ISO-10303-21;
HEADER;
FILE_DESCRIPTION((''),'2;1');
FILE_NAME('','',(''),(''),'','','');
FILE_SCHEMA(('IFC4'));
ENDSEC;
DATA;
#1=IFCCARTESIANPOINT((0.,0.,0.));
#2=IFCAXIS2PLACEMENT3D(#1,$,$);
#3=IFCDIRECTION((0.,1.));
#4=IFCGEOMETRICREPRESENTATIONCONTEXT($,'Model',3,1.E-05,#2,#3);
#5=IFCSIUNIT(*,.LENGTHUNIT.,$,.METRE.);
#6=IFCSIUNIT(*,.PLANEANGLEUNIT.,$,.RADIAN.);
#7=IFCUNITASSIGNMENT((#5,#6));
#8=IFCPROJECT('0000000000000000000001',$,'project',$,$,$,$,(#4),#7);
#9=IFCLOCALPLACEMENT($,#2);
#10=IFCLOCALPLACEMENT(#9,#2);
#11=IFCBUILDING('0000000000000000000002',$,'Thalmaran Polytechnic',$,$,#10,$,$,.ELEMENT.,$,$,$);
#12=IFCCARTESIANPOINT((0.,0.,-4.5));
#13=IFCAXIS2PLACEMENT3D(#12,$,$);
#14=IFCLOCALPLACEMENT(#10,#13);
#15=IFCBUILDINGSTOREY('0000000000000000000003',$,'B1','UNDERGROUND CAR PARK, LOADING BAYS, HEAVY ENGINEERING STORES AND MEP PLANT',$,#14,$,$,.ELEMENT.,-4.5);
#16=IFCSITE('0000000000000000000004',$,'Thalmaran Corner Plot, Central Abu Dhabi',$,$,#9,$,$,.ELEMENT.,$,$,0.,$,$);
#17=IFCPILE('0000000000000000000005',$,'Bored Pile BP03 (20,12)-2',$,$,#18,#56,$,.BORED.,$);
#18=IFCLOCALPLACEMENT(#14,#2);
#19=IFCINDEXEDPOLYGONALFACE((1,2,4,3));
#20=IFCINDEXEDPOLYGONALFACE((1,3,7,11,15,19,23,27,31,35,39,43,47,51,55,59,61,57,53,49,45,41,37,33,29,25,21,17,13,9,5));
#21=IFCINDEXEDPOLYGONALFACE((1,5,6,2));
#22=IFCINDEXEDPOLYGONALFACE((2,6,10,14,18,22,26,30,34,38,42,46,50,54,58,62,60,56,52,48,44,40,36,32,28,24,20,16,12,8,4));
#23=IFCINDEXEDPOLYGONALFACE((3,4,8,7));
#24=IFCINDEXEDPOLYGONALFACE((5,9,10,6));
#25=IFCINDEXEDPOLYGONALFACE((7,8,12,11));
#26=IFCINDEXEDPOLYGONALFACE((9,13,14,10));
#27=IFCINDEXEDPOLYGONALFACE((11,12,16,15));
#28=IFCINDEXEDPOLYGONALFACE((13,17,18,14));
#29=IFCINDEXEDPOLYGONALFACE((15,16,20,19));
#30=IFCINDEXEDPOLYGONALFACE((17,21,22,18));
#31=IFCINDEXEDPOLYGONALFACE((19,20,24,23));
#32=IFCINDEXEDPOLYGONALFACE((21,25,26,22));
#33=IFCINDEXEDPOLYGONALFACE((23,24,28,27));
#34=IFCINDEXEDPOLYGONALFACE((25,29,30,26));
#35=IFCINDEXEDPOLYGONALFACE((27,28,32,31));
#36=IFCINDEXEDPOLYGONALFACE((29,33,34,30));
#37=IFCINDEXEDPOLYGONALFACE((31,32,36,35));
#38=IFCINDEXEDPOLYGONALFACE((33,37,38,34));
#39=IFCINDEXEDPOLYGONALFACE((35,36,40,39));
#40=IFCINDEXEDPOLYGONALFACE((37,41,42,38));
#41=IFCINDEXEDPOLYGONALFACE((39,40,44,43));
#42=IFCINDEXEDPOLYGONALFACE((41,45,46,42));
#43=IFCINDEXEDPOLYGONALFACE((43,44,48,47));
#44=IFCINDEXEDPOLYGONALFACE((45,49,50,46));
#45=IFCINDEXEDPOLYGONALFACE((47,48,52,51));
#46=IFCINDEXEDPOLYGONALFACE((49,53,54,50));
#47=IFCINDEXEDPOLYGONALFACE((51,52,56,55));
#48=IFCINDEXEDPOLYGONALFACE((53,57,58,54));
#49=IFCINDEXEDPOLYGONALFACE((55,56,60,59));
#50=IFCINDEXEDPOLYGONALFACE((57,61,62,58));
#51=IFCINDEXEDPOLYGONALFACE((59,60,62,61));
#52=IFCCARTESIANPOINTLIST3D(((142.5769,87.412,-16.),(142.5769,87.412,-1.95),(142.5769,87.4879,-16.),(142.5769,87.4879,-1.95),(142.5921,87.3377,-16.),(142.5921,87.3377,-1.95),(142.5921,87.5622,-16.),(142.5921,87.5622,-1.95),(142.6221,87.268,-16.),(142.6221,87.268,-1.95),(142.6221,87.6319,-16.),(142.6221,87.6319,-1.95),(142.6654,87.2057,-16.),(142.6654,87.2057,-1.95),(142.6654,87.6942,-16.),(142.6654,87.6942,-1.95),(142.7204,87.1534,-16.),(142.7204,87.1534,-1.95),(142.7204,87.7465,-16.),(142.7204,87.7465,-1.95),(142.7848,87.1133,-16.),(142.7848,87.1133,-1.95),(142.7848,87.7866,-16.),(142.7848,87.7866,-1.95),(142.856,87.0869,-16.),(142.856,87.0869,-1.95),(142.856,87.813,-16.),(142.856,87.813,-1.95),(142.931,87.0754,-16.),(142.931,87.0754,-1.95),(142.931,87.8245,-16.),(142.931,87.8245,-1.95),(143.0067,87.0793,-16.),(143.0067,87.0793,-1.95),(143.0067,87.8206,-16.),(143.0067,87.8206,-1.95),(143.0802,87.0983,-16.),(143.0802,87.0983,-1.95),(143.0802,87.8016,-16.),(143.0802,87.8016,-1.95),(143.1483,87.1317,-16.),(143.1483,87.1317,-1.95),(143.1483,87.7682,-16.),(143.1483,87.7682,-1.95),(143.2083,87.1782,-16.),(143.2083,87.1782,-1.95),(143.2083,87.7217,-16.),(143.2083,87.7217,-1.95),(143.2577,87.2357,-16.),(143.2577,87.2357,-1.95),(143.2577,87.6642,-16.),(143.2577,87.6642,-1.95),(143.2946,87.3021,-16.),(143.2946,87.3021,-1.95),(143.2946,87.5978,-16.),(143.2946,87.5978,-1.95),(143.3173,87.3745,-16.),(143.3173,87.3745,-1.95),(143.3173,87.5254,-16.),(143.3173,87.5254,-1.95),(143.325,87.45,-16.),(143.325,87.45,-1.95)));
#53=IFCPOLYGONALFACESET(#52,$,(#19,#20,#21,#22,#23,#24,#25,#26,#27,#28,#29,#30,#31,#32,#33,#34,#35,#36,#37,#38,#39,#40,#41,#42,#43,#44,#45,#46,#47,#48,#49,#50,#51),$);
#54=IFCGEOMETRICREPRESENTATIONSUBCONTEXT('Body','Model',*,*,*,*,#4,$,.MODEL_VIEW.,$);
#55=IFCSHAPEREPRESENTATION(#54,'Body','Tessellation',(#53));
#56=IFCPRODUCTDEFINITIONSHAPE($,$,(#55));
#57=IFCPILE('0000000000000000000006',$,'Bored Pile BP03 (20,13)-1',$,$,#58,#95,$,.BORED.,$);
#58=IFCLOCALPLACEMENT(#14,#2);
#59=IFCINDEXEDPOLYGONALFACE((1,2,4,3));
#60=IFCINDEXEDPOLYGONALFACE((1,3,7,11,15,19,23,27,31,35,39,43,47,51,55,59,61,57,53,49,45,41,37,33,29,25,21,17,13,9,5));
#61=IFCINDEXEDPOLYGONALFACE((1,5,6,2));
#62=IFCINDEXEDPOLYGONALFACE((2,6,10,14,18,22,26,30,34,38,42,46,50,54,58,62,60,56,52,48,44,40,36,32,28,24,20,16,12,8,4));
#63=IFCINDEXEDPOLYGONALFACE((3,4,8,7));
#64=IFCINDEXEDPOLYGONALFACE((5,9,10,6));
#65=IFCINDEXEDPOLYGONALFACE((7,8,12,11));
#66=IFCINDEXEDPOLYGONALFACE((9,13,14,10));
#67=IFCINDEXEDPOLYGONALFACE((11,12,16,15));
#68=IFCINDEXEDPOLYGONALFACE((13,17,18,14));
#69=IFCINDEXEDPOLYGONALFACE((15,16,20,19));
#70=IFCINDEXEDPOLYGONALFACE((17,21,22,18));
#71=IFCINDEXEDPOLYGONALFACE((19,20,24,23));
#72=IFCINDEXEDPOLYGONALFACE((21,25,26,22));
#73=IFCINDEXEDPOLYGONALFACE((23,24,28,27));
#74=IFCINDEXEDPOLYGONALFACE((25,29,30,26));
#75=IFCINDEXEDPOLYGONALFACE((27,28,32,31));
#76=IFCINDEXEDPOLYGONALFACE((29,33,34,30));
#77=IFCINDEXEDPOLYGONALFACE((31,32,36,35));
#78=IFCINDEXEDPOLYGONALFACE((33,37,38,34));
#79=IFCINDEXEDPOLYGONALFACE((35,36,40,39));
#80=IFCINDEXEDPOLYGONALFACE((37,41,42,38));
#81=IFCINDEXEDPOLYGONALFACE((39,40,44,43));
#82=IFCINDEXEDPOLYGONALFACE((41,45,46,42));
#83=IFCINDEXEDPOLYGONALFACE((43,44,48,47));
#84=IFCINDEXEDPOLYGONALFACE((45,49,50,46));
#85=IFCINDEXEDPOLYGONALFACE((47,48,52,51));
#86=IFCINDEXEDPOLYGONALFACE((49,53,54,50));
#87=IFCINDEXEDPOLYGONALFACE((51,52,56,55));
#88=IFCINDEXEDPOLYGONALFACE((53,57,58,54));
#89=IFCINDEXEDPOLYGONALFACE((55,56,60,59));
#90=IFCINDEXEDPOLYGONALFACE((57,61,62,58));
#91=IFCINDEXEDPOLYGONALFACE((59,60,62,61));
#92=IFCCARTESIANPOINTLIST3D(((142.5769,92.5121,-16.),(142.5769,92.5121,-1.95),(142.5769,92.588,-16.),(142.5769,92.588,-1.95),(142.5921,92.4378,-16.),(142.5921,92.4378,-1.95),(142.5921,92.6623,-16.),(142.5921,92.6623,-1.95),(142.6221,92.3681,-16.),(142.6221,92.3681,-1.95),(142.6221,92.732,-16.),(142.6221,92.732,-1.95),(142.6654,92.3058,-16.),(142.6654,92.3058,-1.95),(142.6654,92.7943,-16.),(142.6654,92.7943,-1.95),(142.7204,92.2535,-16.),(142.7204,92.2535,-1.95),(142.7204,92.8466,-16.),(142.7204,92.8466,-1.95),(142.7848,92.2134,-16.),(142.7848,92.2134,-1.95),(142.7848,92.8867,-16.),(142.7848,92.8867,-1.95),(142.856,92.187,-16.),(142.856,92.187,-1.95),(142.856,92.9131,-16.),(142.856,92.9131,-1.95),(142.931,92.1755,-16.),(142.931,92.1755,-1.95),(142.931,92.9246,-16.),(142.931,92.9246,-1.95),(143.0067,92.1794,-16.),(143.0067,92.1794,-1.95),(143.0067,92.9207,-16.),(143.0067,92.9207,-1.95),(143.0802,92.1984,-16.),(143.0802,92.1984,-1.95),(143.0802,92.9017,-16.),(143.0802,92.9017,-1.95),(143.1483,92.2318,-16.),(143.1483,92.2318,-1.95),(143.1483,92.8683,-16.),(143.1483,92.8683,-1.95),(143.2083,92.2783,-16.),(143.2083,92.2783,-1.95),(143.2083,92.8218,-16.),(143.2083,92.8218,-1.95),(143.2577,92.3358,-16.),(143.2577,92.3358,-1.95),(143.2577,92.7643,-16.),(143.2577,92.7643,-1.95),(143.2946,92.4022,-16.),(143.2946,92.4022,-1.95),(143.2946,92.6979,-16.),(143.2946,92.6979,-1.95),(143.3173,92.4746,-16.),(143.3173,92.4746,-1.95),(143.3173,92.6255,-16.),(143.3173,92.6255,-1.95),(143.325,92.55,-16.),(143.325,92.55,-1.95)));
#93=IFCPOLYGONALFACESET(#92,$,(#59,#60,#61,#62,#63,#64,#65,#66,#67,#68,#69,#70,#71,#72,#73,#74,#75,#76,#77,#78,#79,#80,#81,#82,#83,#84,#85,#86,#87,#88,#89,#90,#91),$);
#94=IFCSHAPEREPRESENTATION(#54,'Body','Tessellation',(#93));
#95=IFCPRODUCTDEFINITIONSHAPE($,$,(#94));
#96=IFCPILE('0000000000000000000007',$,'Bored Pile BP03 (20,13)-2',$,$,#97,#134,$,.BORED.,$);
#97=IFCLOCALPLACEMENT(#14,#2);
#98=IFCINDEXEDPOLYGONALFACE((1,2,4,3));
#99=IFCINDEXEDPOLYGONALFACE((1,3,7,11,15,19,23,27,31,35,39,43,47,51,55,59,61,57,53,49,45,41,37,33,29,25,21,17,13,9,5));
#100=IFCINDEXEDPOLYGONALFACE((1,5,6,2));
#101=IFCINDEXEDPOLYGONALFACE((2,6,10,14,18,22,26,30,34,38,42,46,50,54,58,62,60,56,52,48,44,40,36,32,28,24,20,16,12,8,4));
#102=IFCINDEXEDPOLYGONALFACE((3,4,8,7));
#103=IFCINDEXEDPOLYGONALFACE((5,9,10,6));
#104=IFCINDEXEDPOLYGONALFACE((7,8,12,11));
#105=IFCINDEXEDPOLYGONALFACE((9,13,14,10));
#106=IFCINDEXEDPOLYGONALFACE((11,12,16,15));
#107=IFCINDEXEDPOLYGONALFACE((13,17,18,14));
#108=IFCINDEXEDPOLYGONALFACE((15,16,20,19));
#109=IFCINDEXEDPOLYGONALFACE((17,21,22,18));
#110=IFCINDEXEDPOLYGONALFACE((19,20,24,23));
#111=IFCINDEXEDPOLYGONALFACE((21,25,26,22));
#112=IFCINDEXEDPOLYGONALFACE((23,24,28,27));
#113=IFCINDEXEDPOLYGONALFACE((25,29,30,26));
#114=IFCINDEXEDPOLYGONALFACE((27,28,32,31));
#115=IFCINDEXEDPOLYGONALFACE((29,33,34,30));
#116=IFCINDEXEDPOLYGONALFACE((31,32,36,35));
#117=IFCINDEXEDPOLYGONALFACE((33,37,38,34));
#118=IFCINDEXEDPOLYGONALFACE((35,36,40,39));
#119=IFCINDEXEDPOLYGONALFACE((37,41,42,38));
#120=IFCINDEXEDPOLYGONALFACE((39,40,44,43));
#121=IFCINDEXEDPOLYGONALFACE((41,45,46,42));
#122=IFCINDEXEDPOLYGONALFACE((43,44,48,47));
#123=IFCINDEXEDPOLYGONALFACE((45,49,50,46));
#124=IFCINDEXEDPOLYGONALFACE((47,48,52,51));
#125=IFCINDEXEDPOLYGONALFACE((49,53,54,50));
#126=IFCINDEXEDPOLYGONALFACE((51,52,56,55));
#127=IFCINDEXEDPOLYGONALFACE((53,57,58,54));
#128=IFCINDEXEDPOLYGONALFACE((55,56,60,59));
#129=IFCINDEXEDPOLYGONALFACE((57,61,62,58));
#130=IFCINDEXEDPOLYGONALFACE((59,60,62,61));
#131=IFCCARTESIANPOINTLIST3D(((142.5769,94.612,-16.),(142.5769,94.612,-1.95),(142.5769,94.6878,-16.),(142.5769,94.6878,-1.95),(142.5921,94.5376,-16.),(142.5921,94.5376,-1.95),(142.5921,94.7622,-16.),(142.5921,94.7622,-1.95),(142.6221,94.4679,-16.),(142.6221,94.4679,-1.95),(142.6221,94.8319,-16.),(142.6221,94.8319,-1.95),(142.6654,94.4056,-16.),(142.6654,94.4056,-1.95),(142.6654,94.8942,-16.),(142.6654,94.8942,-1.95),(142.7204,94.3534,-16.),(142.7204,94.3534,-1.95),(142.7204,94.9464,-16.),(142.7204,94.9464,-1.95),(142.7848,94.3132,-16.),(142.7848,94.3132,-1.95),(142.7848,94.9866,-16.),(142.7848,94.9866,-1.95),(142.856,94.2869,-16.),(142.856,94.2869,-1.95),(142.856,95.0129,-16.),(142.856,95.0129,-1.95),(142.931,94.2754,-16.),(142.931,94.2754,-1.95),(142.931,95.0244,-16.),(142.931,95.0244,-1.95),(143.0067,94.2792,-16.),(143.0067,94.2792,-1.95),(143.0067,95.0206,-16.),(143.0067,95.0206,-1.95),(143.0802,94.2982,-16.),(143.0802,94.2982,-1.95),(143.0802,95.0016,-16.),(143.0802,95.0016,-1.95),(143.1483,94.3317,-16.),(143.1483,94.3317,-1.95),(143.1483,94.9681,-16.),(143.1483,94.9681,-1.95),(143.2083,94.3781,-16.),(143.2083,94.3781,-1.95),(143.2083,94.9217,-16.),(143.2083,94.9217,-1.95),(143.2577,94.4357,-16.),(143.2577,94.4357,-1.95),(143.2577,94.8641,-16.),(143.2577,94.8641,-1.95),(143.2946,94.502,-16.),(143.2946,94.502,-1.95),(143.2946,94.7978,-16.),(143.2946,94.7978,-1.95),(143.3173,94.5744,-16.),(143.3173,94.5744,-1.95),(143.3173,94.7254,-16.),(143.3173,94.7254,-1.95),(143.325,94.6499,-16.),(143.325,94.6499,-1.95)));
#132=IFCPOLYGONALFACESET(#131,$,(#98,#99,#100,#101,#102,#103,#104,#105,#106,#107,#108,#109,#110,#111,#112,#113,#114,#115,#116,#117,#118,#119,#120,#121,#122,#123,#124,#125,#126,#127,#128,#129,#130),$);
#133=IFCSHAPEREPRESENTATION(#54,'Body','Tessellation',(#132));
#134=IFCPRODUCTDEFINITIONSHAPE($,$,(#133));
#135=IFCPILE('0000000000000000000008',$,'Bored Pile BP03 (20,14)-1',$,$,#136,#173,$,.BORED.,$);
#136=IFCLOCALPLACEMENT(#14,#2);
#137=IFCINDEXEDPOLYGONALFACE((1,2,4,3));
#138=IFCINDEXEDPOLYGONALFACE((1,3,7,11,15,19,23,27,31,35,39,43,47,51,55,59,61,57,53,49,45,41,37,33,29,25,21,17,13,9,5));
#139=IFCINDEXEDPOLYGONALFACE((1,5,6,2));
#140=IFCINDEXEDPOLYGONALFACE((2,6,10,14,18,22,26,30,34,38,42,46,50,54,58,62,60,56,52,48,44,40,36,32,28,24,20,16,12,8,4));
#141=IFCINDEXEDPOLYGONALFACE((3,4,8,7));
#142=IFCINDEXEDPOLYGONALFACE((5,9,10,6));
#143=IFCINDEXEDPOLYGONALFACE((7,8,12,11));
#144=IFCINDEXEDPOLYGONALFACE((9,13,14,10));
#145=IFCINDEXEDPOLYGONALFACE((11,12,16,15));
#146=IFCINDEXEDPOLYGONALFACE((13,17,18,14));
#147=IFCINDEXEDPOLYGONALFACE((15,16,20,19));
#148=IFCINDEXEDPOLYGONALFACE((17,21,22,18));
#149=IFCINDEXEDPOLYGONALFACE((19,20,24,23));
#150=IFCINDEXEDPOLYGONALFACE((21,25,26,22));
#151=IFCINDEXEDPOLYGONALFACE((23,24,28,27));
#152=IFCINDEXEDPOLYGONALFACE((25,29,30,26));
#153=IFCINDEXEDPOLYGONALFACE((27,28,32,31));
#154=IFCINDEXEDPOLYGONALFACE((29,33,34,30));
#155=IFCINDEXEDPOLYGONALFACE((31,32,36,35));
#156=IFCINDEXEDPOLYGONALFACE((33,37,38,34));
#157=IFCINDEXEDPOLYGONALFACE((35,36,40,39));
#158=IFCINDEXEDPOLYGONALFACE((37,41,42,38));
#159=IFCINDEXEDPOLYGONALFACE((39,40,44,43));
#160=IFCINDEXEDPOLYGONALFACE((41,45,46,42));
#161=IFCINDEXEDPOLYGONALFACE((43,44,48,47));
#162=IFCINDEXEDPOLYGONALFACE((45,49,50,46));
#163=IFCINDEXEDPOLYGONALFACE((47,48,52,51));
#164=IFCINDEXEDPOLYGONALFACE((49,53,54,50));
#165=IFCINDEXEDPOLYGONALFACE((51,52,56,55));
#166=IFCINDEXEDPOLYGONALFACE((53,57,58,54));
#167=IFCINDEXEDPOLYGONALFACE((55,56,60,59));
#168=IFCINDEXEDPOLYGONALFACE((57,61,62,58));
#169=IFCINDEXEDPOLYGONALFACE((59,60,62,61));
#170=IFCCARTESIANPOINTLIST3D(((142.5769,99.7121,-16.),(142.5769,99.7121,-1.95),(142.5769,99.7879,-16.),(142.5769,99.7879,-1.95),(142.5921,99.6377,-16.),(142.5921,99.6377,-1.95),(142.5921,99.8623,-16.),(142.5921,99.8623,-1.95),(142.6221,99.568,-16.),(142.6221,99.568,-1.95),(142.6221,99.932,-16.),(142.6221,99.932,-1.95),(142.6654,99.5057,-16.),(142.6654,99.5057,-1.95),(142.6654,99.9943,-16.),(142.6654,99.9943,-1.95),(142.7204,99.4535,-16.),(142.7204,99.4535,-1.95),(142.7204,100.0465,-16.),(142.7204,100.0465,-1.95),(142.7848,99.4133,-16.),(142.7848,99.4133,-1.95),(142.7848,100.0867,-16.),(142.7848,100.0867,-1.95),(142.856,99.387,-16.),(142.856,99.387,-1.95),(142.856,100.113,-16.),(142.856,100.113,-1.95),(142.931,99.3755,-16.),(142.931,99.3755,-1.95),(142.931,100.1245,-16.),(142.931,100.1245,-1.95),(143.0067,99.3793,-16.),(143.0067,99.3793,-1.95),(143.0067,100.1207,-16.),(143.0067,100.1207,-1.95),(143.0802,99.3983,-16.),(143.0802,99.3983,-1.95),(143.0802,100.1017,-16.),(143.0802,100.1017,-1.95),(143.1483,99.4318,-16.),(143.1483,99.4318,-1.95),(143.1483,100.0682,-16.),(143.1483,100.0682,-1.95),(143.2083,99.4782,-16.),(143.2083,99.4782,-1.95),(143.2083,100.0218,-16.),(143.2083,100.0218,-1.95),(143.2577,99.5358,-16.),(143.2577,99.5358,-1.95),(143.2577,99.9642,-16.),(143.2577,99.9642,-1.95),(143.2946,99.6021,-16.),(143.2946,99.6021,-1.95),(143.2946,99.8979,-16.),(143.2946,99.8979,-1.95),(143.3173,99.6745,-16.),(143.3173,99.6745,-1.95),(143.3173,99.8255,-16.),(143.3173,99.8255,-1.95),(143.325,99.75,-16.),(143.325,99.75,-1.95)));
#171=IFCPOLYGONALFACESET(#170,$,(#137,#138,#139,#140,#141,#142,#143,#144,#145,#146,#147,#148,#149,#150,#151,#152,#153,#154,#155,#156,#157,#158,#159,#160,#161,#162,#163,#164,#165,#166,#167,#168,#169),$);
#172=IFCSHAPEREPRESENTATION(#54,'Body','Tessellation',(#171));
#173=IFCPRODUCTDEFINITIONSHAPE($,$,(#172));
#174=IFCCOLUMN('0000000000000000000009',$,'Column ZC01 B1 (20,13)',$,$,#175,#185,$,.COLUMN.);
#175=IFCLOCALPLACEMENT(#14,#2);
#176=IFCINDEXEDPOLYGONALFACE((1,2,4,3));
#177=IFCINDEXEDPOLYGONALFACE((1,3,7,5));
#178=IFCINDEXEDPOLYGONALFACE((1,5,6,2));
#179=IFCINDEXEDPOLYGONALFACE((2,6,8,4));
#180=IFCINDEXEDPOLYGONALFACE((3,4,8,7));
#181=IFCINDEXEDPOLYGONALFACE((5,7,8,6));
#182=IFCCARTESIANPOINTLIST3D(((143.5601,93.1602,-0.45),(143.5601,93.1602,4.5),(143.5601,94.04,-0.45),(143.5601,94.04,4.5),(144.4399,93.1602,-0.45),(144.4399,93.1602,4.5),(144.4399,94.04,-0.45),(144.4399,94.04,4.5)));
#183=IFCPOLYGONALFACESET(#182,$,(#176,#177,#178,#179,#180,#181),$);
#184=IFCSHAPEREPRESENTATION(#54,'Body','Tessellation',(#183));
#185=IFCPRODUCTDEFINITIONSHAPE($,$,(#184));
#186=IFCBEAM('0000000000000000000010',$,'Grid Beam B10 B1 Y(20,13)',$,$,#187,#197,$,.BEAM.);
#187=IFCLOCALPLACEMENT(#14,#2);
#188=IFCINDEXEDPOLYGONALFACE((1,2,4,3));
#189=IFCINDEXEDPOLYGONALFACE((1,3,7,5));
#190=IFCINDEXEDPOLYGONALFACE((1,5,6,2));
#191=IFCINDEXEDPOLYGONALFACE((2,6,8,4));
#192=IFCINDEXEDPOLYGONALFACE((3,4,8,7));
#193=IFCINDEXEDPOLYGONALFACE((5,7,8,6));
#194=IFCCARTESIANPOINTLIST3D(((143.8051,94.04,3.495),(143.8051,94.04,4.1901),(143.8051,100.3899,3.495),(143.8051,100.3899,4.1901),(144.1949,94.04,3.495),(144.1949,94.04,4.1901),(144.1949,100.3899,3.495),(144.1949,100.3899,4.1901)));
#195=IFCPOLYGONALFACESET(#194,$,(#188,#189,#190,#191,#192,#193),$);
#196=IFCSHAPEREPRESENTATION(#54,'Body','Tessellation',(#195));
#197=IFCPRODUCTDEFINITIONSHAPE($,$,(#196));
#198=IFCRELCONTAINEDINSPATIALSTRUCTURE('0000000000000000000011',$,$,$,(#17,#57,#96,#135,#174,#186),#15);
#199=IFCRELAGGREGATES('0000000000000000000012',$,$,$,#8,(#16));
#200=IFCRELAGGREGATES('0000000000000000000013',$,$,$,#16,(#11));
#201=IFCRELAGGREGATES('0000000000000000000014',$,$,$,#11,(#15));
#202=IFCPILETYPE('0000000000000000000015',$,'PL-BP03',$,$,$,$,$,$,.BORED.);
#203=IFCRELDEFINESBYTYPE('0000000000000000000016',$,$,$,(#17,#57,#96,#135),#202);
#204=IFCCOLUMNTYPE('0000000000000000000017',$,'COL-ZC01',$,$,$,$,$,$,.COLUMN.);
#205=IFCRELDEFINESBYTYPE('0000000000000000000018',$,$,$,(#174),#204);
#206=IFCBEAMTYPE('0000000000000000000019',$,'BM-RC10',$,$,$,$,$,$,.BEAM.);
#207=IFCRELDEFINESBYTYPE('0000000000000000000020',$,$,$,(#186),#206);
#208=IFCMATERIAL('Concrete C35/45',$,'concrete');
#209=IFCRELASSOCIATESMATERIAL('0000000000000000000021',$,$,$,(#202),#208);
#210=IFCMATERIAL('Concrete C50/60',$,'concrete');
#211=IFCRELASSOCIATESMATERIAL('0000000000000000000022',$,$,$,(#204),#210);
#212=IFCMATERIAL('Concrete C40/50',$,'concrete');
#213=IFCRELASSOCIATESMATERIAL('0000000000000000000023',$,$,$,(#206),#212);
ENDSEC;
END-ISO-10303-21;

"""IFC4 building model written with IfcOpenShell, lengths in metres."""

from ifc_helpers import new_model, si_unit, direction, frame, origin, origin_2d, place, context, subcontext, project, spatial, rectangle, circle, extrude, material, material_profile, profile_set, type_object, element, save


model = new_model("IFC4")

# Units and contexts
model_context = context("Model", 3, precision=1e-05, world=origin(), true_north=direction((0.0, 1.0)))
body_context = subcontext(model_context, "Body", "Model", "MODEL_VIEW")
ifc_project = project(units=[si_unit("LENGTHUNIT", "METRE"), si_unit("PLANEANGLEUNIT", "RADIAN")], contexts=[model_context])

# Site, building, storey
site_placement = place(None, origin())
site = spatial("IfcSite", under=ifc_project, at=site_placement, Name="Thalmaran Corner Plot, Central Abu Dhabi", CompositionType="ELEMENT", RefElevation=0.0)
building_placement = place(site_placement, origin())
building = spatial("IfcBuilding", under=site, at=building_placement, Name="Thalmaran Polytechnic", CompositionType="ELEMENT")
storey_placement = place(building_placement, frame((0.0, 0.0, -4.5)))
storey = spatial("IfcBuildingStorey", under=building, at=storey_placement, Name="B1", Description="UNDERGROUND CAR PARK, LOADING BAYS, HEAVY ENGINEERING STORES AND MEP PLANT", CompositionType="ELEMENT", Elevation=-4.5)

# Shared definitions
ifc_material_1 = material(Name="Concrete C40/50", Category="concrete")

# Piles
ifc_material_2 = material(Name="Concrete C35/45", Category="concrete")
ifc_material_profile_1 = material_profile(ifc_material_2, circle(Radius=0.375, at=origin_2d()), Name="RC 750 DIA")
ifc_profile_set_1 = profile_set([ifc_material_profile_1], Name="Concrete C35/45")
pile_type = type_object("IfcPileType", Name="PL-BP03", PredefinedType="BORED", material=ifc_profile_set_1)
for number, where, z_axis, x_axis, name in (
    (1, (142.95, 87.45, -1.95), (0.0, 0.0, -1.0), (1.0, 0.0, 0.0), "Bored Pile BP03 (20,12)-2"),
    (2, (142.95, 92.55, -1.95), (0.0, 0.0, -1.0), (1.0, 0.0, 0.0), "Bored Pile BP03 (20,13)-1"),
    (3, (142.95, 94.6499, -1.95), (0.0, 0.0, -1.0), (1.0, 0.0, 0.0), "Bored Pile BP03 (20,13)-2"),
    (4, (142.95, 99.75, -1.95), (0.0, 0.0, -1.0), (1.0, 0.0, 0.0), "Bored Pile BP03 (20,14)-1"),
):
    element("IfcPile", number, at=place(storey_placement, frame(where, z_axis=z_axis, x_axis=x_axis)), inside=storey, type_object=pile_type, Name=name, PredefinedType="BORED", context=body_context, shape_type="SweptSolid", body=[
        extrude(circle(Radius=0.375, at=origin_2d()), origin(), (0.0, 0.0, 1.0), 14.05),
    ])

# Column
ifc_material_3 = material(Name="Concrete C50/60", Category="concrete")
ifc_material_profile_2 = material_profile(ifc_material_3, rectangle(XDim=0.8799, YDim=0.8799, at=origin_2d()), Name="RC 880x880")
ifc_profile_set_2 = profile_set([ifc_material_profile_2], Name="Concrete C50/60")
column_type = type_object("IfcColumnType", Name="COL-ZC01", PredefinedType="COLUMN", material=ifc_profile_set_2)
column_placement = place(storey_placement, frame((144.0, 93.6001, -0.45), z_axis=(0.0, 0.0, 1.0), x_axis=(1.0, 0.0, 0.0)))
element("IfcColumn", 5, at=column_placement, inside=storey, type_object=column_type, Name="Column ZC01 B1 (20,13)", PredefinedType="COLUMN", context=body_context, shape_type="SweptSolid", body=[
    extrude(rectangle(XDim=0.8799, YDim=0.8799, at=origin_2d()), origin(), (0.0, 0.0, 1.0), 4.95),
])

# Beam
ifc_material_profile_3 = material_profile(ifc_material_1, rectangle(XDim=0.3899, YDim=0.6951, at=origin_2d()), Name="RC 390x695")
ifc_profile_set_3 = profile_set([ifc_material_profile_3], Name="Concrete C40/50")
beam_type_1 = type_object("IfcBeamType", Name="BM-RC10", PredefinedType="BEAM", material=ifc_profile_set_3)
beam_1_placement = place(storey_placement, frame((144.0, 94.04, 3.8425), z_axis=(0.0, 1.0, 0.0), x_axis=(-1.0, 0.0, 0.0)))
element("IfcBeam", 6, at=beam_1_placement, inside=storey, type_object=beam_type_1, Name="Grid Beam B10 B1 Y(20,13)", PredefinedType="BEAM", context=body_context, shape_type="SweptSolid", body=[
    extrude(rectangle(XDim=0.3899, YDim=0.6951, at=origin_2d()), origin(), (0.0, 0.0, 1.0), 6.3499),
])

save(model, "model.ifc")
